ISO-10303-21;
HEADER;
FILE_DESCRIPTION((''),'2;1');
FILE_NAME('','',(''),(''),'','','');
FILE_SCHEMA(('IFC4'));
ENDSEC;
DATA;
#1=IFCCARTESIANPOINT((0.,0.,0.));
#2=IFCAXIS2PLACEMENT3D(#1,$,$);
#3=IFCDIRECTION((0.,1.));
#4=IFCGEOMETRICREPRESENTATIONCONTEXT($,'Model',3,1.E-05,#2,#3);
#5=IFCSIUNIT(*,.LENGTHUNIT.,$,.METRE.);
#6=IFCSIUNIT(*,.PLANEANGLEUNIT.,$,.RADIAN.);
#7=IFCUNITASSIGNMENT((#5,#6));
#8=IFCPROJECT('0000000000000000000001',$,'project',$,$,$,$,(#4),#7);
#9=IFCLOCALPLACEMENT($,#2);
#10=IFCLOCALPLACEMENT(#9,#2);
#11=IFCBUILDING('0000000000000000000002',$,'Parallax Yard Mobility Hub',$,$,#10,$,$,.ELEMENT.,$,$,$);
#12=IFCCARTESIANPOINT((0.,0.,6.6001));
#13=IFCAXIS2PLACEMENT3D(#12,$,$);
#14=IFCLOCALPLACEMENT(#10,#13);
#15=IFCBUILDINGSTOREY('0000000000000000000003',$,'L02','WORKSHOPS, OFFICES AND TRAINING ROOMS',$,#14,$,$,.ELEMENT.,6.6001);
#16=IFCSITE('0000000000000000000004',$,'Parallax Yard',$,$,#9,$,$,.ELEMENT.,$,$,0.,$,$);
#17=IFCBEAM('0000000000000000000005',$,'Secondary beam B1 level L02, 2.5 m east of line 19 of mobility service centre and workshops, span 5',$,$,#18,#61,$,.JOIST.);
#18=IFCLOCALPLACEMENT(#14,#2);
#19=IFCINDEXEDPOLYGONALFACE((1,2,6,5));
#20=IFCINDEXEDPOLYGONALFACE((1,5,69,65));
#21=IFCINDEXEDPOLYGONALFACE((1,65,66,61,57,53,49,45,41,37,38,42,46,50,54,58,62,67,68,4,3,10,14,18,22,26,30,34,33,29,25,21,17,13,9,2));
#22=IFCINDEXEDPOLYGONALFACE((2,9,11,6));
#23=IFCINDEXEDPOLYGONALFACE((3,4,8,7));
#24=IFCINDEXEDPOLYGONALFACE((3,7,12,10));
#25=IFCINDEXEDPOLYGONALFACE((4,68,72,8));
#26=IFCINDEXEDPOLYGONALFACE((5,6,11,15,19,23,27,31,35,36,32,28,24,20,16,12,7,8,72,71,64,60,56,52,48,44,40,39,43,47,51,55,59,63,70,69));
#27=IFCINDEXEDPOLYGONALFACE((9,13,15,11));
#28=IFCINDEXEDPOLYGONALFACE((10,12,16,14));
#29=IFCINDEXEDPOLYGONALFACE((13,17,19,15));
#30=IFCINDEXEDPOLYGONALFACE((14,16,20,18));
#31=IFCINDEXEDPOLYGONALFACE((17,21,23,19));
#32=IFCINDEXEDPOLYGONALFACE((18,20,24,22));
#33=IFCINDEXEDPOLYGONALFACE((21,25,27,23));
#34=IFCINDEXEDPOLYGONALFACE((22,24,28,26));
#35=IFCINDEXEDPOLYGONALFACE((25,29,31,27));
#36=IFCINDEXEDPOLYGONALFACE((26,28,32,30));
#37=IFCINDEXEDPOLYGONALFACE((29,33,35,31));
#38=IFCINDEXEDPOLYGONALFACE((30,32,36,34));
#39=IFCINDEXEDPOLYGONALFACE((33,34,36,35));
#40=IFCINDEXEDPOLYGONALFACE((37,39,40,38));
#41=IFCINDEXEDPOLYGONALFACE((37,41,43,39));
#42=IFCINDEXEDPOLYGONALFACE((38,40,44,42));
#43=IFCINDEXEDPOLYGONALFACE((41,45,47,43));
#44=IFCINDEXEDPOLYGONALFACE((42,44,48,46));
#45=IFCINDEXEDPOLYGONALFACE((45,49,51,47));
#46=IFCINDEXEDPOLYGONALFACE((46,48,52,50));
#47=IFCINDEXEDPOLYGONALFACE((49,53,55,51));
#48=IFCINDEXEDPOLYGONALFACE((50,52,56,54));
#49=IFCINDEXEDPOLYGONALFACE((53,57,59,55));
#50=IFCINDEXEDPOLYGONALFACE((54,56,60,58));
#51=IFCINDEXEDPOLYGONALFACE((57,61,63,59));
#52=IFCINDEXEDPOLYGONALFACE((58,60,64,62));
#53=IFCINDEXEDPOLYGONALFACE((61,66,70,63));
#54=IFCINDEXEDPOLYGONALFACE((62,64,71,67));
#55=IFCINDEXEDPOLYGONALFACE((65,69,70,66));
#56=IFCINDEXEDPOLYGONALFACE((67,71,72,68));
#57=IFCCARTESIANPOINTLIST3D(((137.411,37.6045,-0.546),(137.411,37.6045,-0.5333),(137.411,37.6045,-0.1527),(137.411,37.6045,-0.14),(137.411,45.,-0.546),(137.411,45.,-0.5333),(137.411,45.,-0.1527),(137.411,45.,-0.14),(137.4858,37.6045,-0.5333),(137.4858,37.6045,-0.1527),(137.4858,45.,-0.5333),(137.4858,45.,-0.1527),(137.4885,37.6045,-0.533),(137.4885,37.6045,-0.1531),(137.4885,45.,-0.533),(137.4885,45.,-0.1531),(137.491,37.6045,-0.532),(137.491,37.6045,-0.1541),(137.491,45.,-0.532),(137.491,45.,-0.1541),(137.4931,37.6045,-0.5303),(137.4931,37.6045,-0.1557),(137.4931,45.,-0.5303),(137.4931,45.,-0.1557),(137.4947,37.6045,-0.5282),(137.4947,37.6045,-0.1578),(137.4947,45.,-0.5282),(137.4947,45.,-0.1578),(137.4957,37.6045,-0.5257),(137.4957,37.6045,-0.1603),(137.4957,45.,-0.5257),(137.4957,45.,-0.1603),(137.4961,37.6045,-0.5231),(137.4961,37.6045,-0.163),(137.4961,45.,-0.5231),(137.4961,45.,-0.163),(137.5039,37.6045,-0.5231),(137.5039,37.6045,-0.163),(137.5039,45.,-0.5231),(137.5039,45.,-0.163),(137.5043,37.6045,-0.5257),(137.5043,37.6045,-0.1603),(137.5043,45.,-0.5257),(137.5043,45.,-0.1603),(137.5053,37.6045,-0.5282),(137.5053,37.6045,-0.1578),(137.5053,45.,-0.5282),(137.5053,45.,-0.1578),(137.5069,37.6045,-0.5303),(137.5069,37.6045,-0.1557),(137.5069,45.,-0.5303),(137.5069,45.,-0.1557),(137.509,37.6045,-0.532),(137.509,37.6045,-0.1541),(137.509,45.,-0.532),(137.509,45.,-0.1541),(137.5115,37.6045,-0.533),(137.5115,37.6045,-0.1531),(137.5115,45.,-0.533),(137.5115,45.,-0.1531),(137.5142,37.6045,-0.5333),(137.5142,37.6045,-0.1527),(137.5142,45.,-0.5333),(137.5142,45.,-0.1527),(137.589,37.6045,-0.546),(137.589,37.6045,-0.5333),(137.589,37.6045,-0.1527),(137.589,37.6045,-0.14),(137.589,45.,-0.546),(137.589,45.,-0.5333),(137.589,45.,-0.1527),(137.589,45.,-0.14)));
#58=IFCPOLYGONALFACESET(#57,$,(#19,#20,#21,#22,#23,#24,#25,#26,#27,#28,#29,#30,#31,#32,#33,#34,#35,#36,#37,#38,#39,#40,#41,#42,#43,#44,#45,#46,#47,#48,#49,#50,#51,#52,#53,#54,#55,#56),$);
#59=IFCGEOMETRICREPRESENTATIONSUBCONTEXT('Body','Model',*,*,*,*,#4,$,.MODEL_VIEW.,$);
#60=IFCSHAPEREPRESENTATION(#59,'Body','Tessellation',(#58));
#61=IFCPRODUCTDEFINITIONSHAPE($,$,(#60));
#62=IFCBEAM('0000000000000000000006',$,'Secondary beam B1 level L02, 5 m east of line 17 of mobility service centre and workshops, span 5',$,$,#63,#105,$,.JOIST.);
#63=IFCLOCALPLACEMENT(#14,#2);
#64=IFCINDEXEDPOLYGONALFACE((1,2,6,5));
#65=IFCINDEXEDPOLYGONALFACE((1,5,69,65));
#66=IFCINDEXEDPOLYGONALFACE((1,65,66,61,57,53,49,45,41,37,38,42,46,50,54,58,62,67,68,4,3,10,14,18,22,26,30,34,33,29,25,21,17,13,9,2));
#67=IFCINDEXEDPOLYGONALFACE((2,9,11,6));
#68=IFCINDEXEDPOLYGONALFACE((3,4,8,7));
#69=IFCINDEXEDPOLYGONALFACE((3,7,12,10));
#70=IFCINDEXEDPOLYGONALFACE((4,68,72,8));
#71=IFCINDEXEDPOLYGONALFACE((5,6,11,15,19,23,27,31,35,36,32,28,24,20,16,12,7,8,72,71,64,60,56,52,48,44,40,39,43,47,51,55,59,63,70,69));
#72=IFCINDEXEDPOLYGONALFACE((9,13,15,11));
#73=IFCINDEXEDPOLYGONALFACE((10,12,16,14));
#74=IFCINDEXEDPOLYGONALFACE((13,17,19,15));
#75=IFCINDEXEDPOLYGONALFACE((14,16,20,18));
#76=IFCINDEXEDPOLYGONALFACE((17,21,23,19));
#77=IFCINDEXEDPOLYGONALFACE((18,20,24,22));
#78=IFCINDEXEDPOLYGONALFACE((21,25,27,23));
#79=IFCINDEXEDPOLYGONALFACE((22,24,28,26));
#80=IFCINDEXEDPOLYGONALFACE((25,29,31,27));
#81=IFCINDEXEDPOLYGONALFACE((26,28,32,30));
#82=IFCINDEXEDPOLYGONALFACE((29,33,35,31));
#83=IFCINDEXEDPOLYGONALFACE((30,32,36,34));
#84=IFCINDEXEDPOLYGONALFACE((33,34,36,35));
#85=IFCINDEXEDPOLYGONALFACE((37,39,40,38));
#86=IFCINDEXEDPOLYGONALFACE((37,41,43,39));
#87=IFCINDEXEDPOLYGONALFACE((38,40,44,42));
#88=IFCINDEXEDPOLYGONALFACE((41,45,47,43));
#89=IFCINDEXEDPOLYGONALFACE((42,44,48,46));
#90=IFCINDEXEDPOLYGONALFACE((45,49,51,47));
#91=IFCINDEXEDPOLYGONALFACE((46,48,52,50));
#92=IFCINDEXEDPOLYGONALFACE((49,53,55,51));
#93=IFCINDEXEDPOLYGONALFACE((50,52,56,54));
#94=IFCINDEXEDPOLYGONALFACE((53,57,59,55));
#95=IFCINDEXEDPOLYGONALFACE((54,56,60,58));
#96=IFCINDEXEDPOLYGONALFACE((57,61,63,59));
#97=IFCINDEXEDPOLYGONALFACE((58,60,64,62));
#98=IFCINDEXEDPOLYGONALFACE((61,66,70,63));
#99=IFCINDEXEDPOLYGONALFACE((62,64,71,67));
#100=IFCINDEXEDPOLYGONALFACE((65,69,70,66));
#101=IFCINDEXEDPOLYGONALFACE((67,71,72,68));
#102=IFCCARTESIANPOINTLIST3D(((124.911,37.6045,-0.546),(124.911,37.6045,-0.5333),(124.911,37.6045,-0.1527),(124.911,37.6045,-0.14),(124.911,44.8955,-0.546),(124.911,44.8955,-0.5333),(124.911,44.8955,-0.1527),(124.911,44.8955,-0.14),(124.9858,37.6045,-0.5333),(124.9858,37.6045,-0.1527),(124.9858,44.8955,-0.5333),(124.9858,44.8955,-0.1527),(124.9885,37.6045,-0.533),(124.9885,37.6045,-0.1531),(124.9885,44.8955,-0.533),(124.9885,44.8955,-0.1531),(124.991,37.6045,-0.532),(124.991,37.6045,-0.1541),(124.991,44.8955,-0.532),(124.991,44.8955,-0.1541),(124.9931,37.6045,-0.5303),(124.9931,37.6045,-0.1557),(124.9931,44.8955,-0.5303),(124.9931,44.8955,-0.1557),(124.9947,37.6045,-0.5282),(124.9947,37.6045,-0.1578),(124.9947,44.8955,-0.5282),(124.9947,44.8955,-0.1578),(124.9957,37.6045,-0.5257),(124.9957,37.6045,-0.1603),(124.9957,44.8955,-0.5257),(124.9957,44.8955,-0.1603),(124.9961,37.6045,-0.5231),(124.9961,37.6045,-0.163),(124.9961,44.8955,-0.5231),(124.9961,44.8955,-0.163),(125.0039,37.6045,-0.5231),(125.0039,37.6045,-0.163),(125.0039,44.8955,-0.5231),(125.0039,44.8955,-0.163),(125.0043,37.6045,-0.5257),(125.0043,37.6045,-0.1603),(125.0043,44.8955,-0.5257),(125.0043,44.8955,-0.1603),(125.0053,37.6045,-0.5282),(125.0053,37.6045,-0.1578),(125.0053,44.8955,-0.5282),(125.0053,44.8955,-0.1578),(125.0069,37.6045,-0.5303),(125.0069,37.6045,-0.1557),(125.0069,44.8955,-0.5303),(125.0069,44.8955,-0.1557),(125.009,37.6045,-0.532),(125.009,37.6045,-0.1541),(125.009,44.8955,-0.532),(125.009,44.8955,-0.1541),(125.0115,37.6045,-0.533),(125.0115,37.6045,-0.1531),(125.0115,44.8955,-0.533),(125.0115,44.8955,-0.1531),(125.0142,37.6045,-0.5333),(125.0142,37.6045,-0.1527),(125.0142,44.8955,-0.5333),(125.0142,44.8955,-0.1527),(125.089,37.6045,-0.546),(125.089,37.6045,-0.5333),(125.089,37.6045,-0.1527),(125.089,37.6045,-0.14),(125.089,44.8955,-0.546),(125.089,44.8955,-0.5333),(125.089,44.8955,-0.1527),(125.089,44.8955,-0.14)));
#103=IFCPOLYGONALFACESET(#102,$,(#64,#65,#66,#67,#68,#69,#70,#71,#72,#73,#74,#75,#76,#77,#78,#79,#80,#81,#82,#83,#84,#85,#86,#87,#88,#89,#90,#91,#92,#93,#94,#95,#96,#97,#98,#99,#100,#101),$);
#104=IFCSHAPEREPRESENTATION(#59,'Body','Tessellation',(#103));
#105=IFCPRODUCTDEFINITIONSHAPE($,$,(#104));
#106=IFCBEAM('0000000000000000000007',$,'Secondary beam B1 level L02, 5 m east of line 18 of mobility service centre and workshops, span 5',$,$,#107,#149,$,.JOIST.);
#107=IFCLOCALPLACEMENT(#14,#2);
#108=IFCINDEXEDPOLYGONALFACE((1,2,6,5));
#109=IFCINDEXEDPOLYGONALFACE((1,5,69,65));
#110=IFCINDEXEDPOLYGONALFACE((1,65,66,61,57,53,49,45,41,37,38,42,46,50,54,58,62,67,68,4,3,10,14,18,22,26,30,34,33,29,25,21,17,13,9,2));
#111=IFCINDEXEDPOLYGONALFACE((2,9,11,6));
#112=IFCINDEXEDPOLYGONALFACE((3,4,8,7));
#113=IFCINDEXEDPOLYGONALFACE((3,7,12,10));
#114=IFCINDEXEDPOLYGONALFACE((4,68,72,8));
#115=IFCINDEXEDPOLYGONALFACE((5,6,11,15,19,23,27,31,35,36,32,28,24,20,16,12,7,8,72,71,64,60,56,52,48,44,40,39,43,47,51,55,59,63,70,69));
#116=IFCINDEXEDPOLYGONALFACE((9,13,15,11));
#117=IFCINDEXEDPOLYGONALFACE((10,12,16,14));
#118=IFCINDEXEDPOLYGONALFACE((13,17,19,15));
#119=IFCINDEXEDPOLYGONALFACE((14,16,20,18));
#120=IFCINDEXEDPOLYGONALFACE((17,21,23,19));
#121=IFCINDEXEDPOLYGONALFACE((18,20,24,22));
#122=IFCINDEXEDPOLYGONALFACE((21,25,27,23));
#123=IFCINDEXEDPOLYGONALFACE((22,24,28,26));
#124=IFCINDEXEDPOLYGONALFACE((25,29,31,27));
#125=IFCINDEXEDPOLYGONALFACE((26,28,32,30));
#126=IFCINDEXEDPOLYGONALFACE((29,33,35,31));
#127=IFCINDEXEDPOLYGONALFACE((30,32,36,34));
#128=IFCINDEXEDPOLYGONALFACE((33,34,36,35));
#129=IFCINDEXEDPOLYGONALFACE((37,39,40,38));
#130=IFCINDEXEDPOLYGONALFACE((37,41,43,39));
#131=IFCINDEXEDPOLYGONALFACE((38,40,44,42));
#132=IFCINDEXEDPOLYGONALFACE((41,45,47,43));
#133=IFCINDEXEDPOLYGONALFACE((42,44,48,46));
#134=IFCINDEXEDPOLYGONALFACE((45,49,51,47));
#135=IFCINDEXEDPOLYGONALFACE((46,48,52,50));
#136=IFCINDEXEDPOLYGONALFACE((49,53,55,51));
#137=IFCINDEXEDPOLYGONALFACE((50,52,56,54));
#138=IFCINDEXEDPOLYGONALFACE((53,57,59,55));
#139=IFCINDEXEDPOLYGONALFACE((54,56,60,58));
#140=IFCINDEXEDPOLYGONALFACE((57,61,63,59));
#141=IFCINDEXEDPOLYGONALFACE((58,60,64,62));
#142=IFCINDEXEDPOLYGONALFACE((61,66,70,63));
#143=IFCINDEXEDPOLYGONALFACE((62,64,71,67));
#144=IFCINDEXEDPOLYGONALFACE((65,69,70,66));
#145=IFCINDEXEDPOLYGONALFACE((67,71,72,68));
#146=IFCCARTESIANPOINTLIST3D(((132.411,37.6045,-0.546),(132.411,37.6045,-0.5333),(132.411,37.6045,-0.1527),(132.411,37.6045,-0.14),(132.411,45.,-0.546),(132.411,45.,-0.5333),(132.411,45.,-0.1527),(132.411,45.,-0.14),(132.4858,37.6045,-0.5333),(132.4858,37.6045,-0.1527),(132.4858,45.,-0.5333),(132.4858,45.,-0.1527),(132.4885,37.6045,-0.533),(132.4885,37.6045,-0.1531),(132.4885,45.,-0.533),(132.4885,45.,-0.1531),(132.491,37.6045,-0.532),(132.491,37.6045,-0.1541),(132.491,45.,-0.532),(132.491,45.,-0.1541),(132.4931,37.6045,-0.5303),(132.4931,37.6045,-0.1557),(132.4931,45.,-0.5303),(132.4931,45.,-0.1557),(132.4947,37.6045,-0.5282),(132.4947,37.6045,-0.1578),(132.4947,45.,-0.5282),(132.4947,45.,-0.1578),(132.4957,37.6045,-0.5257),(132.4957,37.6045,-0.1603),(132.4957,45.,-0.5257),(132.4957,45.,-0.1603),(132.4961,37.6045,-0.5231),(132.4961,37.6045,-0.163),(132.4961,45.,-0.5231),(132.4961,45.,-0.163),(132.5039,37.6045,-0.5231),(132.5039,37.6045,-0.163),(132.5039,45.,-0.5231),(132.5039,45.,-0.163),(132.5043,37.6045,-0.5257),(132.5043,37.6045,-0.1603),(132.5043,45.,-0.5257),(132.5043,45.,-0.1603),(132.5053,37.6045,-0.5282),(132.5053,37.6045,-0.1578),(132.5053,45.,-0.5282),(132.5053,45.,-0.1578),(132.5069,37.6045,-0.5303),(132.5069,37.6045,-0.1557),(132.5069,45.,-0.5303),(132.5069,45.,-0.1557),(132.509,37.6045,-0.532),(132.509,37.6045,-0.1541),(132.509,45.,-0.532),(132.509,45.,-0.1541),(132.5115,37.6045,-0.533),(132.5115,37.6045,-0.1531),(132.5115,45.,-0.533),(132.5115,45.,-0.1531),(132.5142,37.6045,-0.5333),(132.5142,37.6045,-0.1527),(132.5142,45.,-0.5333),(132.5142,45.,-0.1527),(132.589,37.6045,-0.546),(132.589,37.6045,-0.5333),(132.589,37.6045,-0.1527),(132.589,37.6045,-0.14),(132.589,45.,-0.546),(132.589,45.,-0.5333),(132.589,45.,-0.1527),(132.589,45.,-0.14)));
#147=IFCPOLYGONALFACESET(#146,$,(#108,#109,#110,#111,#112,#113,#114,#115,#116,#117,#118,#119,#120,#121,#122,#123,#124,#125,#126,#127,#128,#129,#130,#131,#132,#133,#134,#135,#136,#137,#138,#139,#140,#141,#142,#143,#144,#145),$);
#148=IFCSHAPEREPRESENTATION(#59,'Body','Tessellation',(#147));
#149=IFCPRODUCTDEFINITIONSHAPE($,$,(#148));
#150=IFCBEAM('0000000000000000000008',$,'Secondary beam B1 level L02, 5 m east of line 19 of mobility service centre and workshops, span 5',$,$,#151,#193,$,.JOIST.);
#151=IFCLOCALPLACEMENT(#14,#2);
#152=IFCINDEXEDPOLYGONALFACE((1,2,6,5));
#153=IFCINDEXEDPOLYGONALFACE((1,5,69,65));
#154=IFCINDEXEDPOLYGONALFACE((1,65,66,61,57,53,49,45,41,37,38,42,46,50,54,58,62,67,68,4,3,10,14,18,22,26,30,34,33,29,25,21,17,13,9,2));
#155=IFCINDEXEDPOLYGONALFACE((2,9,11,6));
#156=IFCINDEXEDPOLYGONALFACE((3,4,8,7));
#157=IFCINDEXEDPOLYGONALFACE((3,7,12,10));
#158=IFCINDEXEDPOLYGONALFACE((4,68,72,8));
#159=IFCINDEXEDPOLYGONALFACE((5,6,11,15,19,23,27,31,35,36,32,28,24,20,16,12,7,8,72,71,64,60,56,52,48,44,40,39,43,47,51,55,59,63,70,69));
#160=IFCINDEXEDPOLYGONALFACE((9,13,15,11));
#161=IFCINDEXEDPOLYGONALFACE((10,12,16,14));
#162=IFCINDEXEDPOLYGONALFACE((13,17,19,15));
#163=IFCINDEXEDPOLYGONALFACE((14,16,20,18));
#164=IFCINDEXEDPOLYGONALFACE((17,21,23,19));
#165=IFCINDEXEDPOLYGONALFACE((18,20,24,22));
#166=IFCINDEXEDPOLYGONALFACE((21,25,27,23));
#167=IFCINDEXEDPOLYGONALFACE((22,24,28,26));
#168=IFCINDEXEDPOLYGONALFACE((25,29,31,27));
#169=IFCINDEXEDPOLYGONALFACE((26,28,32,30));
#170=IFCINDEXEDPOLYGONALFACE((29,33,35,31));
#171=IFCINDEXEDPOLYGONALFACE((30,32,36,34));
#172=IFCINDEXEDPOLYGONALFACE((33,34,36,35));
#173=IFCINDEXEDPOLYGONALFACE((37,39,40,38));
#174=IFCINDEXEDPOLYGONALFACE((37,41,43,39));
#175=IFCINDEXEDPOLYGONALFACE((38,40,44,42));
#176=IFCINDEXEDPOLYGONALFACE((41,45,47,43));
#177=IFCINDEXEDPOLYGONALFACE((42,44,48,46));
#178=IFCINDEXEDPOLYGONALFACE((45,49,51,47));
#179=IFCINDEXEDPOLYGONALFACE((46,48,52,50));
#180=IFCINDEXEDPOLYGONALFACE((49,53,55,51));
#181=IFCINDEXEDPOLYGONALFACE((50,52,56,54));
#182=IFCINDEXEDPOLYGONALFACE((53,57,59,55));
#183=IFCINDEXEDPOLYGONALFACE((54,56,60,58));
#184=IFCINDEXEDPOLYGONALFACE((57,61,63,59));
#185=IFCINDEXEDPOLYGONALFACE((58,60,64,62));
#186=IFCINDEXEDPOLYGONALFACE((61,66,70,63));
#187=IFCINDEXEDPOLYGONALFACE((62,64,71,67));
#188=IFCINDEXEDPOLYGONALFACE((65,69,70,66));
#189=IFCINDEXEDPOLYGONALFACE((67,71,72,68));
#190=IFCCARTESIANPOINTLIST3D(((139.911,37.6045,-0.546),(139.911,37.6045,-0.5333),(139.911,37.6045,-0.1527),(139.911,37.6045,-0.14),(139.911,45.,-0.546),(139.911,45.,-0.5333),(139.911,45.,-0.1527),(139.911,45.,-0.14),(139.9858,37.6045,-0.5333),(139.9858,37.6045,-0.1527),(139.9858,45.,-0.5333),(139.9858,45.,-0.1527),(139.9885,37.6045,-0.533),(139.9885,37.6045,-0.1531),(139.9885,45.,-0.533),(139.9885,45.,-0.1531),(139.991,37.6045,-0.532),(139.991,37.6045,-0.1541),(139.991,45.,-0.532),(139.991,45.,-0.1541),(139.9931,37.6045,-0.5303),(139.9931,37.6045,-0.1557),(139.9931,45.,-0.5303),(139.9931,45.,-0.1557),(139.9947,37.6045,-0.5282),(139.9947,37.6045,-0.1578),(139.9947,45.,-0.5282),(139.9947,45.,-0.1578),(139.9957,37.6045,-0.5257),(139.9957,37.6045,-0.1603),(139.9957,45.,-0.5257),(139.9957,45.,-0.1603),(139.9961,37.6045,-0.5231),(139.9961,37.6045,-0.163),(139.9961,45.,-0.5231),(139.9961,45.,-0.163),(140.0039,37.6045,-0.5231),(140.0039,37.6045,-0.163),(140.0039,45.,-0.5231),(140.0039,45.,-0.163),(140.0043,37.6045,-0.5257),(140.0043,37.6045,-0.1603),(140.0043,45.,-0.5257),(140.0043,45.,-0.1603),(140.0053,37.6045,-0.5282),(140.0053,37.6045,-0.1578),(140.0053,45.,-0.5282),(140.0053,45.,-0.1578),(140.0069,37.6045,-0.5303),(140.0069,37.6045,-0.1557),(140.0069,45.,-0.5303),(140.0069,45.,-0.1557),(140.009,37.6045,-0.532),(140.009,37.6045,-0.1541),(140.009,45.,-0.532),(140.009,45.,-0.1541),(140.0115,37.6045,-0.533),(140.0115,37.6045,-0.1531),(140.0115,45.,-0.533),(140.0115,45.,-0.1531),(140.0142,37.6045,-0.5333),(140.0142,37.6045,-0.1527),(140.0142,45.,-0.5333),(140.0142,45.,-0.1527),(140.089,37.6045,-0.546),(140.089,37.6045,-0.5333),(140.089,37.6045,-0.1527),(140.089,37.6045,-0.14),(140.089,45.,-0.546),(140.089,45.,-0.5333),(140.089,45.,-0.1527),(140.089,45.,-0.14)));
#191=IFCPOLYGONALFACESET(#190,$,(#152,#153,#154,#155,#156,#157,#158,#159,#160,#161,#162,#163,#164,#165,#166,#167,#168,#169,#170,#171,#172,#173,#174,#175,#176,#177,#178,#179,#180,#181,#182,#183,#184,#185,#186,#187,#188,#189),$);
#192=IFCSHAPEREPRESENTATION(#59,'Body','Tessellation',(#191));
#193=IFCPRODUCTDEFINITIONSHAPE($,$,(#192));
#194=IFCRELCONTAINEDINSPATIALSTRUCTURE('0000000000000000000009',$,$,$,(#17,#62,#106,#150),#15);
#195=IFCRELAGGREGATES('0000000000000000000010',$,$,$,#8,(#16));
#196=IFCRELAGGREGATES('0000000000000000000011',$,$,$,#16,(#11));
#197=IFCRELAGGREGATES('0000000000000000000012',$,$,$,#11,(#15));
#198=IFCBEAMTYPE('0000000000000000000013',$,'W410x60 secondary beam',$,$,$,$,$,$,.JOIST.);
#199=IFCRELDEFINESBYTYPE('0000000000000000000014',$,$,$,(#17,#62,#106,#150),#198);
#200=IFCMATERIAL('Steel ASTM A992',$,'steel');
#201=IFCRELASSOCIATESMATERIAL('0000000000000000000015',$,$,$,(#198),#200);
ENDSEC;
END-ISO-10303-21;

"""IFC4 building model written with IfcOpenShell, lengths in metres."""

from ifc_helpers import new_model, si_unit, direction, frame, origin, origin_2d, place, context, subcontext, project, spatial, i_section, extrude, material, material_profile, profile_set, type_object, element, save


model = new_model("IFC4")

# Units and contexts
model_context = context("Model", 3, precision=1e-05, world=origin(), true_north=direction((0.0, 1.0)))
body_context = subcontext(model_context, "Body", "Model", "MODEL_VIEW")
ifc_project = project(units=[si_unit("LENGTHUNIT", "METRE"), si_unit("PLANEANGLEUNIT", "RADIAN")], contexts=[model_context])

# Site, building, storey
site_placement = place(None, origin())
site = spatial("IfcSite", under=ifc_project, at=site_placement, Name="Parallax Yard", CompositionType="ELEMENT", RefElevation=0.0)
building_placement = place(site_placement, origin())
building = spatial("IfcBuilding", under=site, at=building_placement, Name="Parallax Yard Mobility Hub", CompositionType="ELEMENT")
storey_placement = place(building_placement, frame((0.0, 0.0, 6.6001)))
storey = spatial("IfcBuildingStorey", under=building, at=storey_placement, Name="L02", Description="WORKSHOPS, OFFICES AND TRAINING ROOMS", CompositionType="ELEMENT", Elevation=6.6001)

# Shared definitions
ifc_material_1 = material(Name="Steel ASTM A992", Category="steel")

# Beams
ifc_material_profile_1 = material_profile(ifc_material_1, i_section(OverallWidth=0.178, OverallDepth=0.406, WebThickness=0.0078, FlangeThickness=0.0127, FilletRadius=0.0103, at=origin_2d()), Name="W410x60")
ifc_profile_set_1 = profile_set([ifc_material_profile_1], Name="Steel ASTM A992")
beam_type_1 = type_object("IfcBeamType", Name="W410x60 secondary beam", PredefinedType="JOIST", material=ifc_profile_set_1)
for number, where, z_axis, x_axis, name in (
    (1, (137.5, 37.6045, -0.343), (0.0, 1.0, 0.0), (-1.0, 0.0, 0.0), "Secondary beam B1 level L02, 2.5 m east of line 19 of mobility service centre and workshops, span 5"),
):
    element("IfcBeam", number, at=place(storey_placement, frame(where, z_axis=z_axis, x_axis=x_axis)), inside=storey, type_object=beam_type_1, Name=name, PredefinedType="JOIST", context=body_context, shape_type="SweptSolid", body=[
        extrude(i_section(OverallWidth=0.178, OverallDepth=0.406, WebThickness=0.0078, FlangeThickness=0.0127, FilletRadius=0.0103, at=origin_2d()), origin(), (0.0, 0.0, 1.0), 7.3955),
    ])
beam_1_placement = place(storey_placement, frame((125.0, 37.6045, -0.343), z_axis=(0.0, 1.0, 0.0), x_axis=(-1.0, 0.0, 0.0)))
element("IfcBeam", 2, at=beam_1_placement, inside=storey, type_object=beam_type_1, Name="Secondary beam B1 level L02, 5 m east of line 17 of mobility service centre and workshops, span 5", PredefinedType="JOIST", context=body_context, shape_type="SweptSolid", body=[
    extrude(i_section(OverallWidth=0.178, OverallDepth=0.406, WebThickness=0.0078, FlangeThickness=0.0127, FilletRadius=0.0103, at=origin_2d()), origin(), (0.0, 0.0, 1.0), 7.291),
])
for number, where, z_axis, x_axis, name in (
    (3, (132.5, 37.6045, -0.343), (0.0, 1.0, 0.0), (-1.0, 0.0, 0.0), "Secondary beam B1 level L02, 5 m east of line 18 of mobility service centre and workshops, span 5"),
    (4, (140.0, 37.6045, -0.343), (0.0, 1.0, 0.0), (-1.0, 0.0, 0.0), "Secondary beam B1 level L02, 5 m east of line 19 of mobility service centre and workshops, span 5"),
):
    element("IfcBeam", number, at=place(storey_placement, frame(where, z_axis=z_axis, x_axis=x_axis)), inside=storey, type_object=beam_type_1, Name=name, PredefinedType="JOIST", context=body_context, shape_type="SweptSolid", body=[
        extrude(i_section(OverallWidth=0.178, OverallDepth=0.406, WebThickness=0.0078, FlangeThickness=0.0127, FilletRadius=0.0103, at=origin_2d()), origin(), (0.0, 0.0, 1.0), 7.3955),
    ])

save(model, "model.ifc")
